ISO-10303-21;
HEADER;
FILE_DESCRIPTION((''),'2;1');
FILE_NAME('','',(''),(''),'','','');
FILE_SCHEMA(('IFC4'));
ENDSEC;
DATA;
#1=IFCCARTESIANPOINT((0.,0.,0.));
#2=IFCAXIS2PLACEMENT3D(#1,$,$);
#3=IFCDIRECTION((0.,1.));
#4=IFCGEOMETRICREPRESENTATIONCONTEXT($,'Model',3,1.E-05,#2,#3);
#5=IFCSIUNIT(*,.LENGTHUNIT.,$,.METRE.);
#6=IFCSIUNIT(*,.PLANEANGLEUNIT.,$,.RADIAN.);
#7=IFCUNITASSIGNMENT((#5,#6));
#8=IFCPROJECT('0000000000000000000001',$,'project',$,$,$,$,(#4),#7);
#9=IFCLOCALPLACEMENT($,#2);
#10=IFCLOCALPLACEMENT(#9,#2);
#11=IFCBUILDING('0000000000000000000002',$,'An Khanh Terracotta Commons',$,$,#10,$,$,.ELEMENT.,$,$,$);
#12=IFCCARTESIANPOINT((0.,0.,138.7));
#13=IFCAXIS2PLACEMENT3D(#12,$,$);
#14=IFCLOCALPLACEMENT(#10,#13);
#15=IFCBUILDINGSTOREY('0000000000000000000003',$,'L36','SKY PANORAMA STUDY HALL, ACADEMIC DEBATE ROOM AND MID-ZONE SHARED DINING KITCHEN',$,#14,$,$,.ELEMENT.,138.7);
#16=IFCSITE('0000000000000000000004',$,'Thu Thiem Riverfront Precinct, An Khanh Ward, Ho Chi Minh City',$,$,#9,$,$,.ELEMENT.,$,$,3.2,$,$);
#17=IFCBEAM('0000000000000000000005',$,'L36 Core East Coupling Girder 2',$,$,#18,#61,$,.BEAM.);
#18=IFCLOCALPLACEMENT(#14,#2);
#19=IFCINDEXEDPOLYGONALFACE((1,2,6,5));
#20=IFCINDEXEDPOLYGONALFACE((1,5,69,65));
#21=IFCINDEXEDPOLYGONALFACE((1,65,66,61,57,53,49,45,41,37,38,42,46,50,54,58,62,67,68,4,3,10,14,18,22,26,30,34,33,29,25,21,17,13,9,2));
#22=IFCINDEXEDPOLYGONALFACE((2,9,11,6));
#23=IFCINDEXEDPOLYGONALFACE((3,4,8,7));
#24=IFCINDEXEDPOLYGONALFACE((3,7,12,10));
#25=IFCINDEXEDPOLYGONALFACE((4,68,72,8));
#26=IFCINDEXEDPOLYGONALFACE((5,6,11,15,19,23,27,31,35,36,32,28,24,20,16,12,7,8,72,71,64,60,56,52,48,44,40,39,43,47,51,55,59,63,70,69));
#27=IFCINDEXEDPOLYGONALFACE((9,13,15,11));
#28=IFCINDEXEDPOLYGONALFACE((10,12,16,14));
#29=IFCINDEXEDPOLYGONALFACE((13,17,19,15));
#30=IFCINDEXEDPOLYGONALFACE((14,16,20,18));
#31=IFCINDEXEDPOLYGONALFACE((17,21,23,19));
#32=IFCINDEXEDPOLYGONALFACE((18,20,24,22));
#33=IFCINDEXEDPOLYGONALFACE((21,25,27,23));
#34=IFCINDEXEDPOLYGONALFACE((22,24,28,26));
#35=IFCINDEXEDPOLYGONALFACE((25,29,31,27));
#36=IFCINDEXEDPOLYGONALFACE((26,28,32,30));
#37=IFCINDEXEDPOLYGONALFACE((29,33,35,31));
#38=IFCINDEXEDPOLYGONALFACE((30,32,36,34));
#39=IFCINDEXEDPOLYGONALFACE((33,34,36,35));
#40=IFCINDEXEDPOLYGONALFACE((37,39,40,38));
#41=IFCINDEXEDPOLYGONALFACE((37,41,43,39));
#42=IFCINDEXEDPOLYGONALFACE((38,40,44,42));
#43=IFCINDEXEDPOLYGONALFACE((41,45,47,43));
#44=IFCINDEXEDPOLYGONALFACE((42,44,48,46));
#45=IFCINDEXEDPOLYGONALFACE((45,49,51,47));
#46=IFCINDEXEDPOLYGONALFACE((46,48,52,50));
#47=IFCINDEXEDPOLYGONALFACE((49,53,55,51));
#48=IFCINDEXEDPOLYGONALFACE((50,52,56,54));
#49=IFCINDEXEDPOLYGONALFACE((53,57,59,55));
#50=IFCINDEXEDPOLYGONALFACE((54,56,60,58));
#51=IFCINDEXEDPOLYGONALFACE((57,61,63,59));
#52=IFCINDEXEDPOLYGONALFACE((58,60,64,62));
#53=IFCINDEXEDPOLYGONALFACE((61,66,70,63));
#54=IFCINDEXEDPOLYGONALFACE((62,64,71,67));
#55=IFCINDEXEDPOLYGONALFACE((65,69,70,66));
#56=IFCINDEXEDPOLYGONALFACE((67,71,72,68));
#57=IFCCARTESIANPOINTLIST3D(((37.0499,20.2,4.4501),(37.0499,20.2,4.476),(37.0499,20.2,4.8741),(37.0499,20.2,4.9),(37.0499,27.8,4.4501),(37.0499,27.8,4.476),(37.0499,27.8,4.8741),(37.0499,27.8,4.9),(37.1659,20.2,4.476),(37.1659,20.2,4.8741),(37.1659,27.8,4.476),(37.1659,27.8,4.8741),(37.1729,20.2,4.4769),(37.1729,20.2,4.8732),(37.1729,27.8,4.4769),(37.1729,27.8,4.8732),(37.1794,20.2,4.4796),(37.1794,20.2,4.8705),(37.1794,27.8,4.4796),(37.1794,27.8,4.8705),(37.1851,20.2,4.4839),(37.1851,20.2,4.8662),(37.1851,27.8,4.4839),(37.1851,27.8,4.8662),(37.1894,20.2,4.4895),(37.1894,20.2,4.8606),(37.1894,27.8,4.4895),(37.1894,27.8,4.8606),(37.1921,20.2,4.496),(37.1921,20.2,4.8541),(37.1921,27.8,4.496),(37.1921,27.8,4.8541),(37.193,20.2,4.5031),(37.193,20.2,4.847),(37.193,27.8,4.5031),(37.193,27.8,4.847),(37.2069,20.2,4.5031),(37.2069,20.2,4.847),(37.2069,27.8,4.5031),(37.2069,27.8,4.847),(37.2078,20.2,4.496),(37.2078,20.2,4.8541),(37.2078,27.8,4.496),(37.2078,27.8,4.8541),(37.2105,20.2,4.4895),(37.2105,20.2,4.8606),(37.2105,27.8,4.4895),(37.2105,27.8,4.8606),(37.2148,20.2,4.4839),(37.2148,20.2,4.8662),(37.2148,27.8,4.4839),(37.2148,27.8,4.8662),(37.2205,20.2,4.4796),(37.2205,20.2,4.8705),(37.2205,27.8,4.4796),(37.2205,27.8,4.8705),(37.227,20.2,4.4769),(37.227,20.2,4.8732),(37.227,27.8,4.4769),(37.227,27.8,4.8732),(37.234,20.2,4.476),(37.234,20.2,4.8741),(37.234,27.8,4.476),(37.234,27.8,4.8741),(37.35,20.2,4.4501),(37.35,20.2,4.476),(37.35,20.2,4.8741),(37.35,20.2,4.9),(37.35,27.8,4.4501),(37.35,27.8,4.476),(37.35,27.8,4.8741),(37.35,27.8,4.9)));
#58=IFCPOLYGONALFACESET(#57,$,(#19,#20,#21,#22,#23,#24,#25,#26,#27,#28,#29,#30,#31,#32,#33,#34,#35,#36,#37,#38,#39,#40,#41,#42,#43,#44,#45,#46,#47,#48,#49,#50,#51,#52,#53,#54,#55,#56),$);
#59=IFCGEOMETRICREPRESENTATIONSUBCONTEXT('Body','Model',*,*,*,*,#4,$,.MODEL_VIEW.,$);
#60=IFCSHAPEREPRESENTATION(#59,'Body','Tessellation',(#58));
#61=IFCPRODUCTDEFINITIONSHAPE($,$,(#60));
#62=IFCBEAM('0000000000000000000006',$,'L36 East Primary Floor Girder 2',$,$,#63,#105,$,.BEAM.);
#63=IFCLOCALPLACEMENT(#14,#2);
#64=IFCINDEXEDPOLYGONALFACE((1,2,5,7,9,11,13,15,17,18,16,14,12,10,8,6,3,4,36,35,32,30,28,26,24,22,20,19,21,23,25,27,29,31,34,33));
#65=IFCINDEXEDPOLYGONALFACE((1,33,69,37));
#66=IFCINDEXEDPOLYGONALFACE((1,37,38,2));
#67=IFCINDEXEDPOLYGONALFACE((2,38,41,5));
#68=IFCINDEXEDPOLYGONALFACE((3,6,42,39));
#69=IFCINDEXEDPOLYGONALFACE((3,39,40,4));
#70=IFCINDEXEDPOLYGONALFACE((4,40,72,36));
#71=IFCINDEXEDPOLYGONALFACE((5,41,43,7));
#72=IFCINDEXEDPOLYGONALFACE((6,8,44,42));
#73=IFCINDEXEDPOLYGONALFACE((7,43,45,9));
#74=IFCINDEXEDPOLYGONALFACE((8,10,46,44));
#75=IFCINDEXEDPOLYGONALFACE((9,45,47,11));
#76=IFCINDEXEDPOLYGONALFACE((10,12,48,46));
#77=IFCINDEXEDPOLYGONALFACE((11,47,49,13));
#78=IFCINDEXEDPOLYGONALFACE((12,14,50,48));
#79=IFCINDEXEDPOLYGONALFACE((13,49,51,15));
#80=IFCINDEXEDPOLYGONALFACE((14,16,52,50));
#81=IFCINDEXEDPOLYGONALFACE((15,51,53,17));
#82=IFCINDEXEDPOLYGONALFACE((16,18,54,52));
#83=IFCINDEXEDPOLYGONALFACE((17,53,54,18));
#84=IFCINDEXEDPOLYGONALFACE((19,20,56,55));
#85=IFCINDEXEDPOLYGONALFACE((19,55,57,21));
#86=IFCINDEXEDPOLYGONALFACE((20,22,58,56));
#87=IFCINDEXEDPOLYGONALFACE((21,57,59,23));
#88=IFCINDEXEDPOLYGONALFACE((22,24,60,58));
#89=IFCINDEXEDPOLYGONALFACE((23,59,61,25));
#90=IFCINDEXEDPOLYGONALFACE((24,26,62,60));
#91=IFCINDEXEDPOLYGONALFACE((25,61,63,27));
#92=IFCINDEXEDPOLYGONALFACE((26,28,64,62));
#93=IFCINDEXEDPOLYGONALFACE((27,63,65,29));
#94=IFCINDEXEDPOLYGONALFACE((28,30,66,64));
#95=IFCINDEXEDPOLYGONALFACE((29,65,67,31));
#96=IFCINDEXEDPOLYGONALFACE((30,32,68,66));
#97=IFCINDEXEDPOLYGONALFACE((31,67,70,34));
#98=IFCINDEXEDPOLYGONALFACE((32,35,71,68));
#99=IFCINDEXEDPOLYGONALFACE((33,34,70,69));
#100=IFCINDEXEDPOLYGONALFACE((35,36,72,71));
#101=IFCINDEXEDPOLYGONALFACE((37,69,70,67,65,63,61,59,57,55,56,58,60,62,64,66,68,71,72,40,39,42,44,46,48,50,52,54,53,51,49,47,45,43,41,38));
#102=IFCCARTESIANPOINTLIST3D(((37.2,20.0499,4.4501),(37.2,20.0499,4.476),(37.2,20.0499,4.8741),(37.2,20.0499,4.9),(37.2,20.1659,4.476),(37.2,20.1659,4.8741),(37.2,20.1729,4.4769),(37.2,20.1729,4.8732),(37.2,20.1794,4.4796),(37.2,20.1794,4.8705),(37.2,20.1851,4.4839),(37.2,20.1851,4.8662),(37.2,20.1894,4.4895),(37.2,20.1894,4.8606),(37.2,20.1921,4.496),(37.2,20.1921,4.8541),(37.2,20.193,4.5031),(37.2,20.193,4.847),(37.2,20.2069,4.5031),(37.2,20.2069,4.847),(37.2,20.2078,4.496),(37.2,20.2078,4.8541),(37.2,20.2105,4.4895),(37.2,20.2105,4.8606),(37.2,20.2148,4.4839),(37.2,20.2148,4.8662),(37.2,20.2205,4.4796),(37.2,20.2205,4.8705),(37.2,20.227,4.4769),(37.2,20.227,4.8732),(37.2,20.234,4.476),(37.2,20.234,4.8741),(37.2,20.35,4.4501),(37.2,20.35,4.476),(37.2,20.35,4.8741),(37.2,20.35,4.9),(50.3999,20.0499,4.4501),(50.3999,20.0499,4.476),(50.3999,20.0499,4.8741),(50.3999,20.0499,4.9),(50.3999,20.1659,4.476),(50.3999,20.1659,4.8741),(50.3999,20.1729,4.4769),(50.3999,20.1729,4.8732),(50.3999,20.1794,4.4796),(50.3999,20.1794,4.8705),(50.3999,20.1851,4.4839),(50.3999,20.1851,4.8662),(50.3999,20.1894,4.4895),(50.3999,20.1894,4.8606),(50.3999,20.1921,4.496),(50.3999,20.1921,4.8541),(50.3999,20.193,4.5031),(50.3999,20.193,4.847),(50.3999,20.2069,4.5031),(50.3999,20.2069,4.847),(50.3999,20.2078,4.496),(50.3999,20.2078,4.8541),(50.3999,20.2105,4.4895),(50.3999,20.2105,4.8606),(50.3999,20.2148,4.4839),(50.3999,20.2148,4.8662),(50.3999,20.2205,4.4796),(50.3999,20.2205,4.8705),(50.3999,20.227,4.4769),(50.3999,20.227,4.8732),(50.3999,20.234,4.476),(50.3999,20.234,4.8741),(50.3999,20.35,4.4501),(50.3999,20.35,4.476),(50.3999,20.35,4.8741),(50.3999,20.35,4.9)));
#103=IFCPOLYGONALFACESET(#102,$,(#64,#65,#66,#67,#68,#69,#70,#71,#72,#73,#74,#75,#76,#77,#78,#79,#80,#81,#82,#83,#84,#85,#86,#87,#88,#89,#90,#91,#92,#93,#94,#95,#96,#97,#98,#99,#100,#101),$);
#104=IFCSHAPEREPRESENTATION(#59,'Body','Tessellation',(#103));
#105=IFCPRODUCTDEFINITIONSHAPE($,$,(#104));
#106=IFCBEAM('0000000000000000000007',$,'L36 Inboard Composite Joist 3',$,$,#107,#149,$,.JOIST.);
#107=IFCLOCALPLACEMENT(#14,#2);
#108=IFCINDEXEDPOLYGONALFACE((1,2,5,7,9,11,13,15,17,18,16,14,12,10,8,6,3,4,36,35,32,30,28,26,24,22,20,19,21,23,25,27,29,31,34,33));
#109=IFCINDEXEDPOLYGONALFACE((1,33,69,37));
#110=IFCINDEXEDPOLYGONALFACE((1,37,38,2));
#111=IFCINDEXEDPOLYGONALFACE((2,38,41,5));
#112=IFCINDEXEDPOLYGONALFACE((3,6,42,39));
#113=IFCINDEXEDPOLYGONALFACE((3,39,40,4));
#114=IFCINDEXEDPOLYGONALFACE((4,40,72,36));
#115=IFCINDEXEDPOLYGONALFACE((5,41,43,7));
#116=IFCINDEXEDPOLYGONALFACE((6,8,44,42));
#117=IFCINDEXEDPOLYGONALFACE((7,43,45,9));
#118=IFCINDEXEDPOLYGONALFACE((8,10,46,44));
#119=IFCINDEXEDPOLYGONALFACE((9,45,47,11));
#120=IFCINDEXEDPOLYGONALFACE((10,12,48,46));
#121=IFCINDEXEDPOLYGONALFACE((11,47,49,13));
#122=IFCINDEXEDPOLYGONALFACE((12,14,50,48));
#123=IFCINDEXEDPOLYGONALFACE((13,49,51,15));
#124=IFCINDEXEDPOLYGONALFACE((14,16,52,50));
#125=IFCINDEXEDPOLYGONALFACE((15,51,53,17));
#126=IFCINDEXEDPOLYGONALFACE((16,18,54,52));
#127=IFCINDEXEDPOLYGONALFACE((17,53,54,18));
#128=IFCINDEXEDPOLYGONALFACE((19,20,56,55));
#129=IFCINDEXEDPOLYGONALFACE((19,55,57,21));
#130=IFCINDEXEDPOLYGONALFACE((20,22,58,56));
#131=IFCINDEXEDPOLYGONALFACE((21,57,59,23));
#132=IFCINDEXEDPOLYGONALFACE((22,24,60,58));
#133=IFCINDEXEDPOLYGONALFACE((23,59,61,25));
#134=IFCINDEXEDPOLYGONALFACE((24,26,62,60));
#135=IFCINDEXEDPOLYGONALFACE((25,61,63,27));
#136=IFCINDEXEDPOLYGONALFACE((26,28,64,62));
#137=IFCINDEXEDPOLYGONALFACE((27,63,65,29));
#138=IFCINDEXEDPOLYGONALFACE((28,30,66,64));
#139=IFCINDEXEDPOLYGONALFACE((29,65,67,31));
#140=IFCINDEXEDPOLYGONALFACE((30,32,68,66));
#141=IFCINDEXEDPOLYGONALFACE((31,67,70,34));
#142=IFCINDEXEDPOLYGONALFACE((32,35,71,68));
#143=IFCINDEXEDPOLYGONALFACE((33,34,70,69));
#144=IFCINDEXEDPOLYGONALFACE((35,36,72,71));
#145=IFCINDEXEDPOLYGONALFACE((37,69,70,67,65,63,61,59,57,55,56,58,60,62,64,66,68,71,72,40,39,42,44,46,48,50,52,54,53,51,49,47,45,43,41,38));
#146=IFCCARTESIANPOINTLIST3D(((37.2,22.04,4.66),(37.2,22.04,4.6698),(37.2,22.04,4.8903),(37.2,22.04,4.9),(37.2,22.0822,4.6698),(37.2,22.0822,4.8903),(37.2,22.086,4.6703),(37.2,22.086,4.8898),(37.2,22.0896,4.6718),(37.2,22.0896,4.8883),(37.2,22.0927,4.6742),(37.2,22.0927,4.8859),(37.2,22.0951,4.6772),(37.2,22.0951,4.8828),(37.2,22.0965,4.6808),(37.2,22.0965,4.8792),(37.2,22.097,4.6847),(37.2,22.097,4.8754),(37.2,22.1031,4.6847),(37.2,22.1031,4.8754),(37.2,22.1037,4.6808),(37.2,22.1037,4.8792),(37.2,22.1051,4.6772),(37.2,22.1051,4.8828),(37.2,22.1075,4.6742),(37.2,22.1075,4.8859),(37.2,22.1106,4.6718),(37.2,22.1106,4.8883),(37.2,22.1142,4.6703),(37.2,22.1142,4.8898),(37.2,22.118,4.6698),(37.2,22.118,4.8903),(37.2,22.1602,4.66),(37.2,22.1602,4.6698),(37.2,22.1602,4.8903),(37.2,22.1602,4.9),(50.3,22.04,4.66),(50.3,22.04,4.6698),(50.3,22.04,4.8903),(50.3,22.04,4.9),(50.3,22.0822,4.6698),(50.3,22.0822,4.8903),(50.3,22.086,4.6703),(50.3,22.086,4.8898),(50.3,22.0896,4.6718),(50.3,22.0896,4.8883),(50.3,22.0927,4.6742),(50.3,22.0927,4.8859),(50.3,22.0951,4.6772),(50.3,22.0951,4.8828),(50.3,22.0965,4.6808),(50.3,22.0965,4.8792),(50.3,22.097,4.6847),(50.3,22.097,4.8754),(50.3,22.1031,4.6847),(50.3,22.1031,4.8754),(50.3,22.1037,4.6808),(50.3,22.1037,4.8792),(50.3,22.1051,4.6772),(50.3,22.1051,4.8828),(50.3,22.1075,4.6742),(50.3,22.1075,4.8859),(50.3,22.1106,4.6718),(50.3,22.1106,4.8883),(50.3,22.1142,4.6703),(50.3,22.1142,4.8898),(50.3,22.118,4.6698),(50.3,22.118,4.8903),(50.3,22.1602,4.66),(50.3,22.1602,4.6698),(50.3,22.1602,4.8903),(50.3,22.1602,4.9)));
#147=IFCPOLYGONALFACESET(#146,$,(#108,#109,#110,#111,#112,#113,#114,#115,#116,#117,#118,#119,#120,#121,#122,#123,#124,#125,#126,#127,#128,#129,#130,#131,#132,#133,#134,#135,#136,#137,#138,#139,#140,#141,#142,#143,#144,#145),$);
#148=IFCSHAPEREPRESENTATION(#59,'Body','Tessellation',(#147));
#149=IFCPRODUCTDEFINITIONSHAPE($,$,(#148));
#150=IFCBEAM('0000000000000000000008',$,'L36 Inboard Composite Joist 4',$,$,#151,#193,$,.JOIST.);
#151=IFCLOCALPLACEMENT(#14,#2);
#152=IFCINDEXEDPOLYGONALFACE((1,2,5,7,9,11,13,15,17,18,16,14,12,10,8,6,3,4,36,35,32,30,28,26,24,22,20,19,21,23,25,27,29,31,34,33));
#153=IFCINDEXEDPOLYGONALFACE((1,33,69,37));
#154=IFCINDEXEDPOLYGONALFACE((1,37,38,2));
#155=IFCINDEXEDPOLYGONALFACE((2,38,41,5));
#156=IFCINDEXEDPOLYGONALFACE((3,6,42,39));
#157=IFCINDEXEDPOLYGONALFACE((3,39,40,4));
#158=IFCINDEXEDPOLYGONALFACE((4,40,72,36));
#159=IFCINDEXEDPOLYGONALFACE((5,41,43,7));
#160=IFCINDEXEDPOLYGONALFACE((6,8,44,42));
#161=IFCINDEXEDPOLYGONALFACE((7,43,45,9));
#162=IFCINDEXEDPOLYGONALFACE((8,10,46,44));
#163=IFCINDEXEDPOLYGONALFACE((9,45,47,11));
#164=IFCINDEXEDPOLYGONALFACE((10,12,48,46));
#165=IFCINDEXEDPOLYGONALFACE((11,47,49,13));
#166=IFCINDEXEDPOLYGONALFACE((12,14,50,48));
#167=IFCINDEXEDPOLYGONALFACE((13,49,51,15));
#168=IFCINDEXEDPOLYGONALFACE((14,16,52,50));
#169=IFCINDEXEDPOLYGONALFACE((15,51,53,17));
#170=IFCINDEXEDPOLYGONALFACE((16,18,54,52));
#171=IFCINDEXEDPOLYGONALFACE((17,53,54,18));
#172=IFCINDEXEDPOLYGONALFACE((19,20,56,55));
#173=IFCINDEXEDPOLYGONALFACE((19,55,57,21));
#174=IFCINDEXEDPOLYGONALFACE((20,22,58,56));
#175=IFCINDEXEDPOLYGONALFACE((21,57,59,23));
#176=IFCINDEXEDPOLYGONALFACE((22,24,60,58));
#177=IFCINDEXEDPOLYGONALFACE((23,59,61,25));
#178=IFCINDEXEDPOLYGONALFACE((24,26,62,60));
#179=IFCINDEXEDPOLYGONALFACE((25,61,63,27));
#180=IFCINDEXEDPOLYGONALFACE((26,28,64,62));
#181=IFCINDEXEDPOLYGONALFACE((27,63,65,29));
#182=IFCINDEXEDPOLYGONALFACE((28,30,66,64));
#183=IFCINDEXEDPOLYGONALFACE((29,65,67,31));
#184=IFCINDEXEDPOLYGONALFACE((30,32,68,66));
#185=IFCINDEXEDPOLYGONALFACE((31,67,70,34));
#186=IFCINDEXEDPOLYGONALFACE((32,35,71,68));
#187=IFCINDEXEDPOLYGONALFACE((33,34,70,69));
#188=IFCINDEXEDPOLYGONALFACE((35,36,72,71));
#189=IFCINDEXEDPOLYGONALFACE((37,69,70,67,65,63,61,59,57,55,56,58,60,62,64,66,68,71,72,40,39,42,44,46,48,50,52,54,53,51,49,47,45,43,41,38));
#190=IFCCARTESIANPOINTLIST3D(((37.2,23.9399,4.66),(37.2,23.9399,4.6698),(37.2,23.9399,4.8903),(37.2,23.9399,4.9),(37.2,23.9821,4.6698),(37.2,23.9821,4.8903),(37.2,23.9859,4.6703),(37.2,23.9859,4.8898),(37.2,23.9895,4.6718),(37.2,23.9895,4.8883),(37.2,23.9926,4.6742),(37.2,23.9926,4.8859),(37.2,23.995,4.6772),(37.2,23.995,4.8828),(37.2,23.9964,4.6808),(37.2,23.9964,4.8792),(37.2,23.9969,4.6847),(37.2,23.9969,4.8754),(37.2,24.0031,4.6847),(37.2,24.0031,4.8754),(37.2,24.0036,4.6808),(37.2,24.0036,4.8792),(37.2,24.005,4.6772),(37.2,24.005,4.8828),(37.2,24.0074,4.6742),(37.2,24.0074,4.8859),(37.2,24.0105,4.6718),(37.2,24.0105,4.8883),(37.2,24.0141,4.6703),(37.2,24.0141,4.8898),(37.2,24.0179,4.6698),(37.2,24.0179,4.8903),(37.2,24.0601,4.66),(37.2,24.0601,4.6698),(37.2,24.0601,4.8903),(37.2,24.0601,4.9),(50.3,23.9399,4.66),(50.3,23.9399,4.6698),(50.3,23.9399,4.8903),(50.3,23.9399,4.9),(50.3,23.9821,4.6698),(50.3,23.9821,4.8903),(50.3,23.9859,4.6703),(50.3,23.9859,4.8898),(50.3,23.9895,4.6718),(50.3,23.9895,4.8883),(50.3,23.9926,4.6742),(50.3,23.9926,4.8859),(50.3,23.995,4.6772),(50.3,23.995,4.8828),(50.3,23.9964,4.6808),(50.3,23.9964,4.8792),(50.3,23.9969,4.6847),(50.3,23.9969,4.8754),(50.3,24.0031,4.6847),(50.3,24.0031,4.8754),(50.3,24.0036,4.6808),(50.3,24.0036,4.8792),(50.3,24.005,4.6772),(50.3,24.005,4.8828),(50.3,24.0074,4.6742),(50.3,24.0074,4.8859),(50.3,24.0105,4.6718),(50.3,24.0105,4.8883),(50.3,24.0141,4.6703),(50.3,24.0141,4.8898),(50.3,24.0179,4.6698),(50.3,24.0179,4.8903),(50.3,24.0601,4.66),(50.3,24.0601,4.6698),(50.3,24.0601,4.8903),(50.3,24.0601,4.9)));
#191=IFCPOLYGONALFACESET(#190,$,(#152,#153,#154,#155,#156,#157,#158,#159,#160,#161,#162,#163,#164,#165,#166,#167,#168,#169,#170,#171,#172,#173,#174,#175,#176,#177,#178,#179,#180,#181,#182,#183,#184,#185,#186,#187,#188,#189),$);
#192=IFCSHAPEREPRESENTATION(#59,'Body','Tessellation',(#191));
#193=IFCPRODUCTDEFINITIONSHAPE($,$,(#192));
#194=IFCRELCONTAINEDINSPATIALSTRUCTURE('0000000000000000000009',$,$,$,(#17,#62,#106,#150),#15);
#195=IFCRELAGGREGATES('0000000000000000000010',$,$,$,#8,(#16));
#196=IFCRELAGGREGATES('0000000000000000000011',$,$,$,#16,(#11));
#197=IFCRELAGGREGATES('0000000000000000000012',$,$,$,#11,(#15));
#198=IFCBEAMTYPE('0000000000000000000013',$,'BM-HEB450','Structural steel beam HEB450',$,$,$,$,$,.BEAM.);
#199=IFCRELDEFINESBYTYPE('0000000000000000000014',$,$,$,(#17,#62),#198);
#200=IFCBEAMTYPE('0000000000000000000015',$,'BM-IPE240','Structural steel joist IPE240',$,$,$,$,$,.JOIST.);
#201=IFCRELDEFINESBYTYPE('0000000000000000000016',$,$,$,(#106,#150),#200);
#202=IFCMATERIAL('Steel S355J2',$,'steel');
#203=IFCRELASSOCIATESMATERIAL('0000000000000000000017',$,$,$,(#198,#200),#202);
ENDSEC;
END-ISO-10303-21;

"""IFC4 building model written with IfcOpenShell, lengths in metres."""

from ifc_helpers import new_model, si_unit, direction, frame, origin, origin_2d, place, context, subcontext, project, spatial, i_section, extrude, material, material_profile, profile_set, type_object, element, save


model = new_model("IFC4")

# Units and contexts
model_context = context("Model", 3, precision=1e-05, world=origin(), true_north=direction((0.0, 1.0)))
body_context = subcontext(model_context, "Body", "Model", "MODEL_VIEW")
ifc_project = project(units=[si_unit("LENGTHUNIT", "METRE"), si_unit("PLANEANGLEUNIT", "RADIAN")], contexts=[model_context])

# Site, building, storey
site_placement = place(None, origin())
site = spatial("IfcSite", under=ifc_project, at=site_placement, Name="Thu Thiem Riverfront Precinct, An Khanh Ward, Ho Chi Minh City", CompositionType="ELEMENT", RefElevation=3.2)
building_placement = place(site_placement, origin())
building = spatial("IfcBuilding", under=site, at=building_placement, Name="An Khanh Terracotta Commons", CompositionType="ELEMENT")
storey_placement = place(building_placement, frame((0.0, 0.0, 138.7)))
storey = spatial("IfcBuildingStorey", under=building, at=storey_placement, Name="L36", Description="SKY PANORAMA STUDY HALL, ACADEMIC DEBATE ROOM AND MID-ZONE SHARED DINING KITCHEN", CompositionType="ELEMENT", Elevation=138.7)

# Beams
ifc_material_1 = material(Name="Steel S355J2", Category="steel")
ifc_material_profile_1 = material_profile(ifc_material_1, i_section(OverallWidth=0.3, OverallDepth=0.45, WebThickness=0.0139, FlangeThickness=0.0259, FilletRadius=0.0271, at=origin_2d()), Name="HEB450")
ifc_profile_set_1 = profile_set([ifc_material_profile_1], Name="Steel S355J2")
beam_type_1 = type_object("IfcBeamType", Name="BM-HEB450", Description="Structural steel beam HEB450", PredefinedType="BEAM", material=ifc_profile_set_1)
beam_1_placement = place(storey_placement, frame((37.2, 20.2, 4.675), z_axis=(0.0, 1.0, 0.0), x_axis=(-1.0, 0.0, 0.0)))
element("IfcBeam", 1, at=beam_1_placement, inside=storey, type_object=beam_type_1, Name="L36 Core East Coupling Girder 2", PredefinedType="BEAM", context=body_context, shape_type="SweptSolid", body=[
    extrude(i_section(OverallWidth=0.3, OverallDepth=0.45, WebThickness=0.0139, FlangeThickness=0.0259, FilletRadius=0.0271, at=origin_2d()), origin(), (0.0, 0.0, 1.0), 7.6001),
])
beam_2_placement = place(storey_placement, frame((37.2, 20.2, 4.675), z_axis=(1.0, 0.0, 0.0), x_axis=(0.0, 1.0, 0.0)))
element("IfcBeam", 2, at=beam_2_placement, inside=storey, type_object=beam_type_1, Name="L36 East Primary Floor Girder 2", PredefinedType="BEAM", context=body_context, shape_type="SweptSolid", body=[
    extrude(i_section(OverallWidth=0.3, OverallDepth=0.45, WebThickness=0.0139, FlangeThickness=0.0259, FilletRadius=0.0271, at=origin_2d()), origin(), (0.0, 0.0, 1.0), 13.2),
])
ifc_material_profile_2 = material_profile(ifc_material_1, i_section(OverallWidth=0.1201, OverallDepth=0.24, WebThickness=0.0061, FlangeThickness=0.0098, FilletRadius=0.0149, at=origin_2d()), Name="IPE240")
ifc_profile_set_2 = profile_set([ifc_material_profile_2], Name="Steel S355J2")
beam_type_2 = type_object("IfcBeamType", Name="BM-IPE240", Description="Structural steel joist IPE240", PredefinedType="JOIST", material=ifc_profile_set_2)
for number, where, z_axis, x_axis, name in (
    (3, (37.2, 22.1001, 4.78), (1.0, 0.0, 0.0), (0.0, 1.0, 0.0), "L36 Inboard Composite Joist 3"),
    (4, (37.2, 24.0, 4.78), (1.0, 0.0, 0.0), (0.0, 1.0, 0.0), "L36 Inboard Composite Joist 4"),
):
    element("IfcBeam", number, at=place(storey_placement, frame(where, z_axis=z_axis, x_axis=x_axis)), inside=storey, type_object=beam_type_2, Name=name, PredefinedType="JOIST", context=body_context, shape_type="SweptSolid", body=[
        extrude(i_section(OverallWidth=0.1201, OverallDepth=0.24, WebThickness=0.0061, FlangeThickness=0.0098, FilletRadius=0.0149, at=origin_2d()), origin(), (0.0, 0.0, 1.0), 13.1001),
    ])

save(model, "model.ifc")
